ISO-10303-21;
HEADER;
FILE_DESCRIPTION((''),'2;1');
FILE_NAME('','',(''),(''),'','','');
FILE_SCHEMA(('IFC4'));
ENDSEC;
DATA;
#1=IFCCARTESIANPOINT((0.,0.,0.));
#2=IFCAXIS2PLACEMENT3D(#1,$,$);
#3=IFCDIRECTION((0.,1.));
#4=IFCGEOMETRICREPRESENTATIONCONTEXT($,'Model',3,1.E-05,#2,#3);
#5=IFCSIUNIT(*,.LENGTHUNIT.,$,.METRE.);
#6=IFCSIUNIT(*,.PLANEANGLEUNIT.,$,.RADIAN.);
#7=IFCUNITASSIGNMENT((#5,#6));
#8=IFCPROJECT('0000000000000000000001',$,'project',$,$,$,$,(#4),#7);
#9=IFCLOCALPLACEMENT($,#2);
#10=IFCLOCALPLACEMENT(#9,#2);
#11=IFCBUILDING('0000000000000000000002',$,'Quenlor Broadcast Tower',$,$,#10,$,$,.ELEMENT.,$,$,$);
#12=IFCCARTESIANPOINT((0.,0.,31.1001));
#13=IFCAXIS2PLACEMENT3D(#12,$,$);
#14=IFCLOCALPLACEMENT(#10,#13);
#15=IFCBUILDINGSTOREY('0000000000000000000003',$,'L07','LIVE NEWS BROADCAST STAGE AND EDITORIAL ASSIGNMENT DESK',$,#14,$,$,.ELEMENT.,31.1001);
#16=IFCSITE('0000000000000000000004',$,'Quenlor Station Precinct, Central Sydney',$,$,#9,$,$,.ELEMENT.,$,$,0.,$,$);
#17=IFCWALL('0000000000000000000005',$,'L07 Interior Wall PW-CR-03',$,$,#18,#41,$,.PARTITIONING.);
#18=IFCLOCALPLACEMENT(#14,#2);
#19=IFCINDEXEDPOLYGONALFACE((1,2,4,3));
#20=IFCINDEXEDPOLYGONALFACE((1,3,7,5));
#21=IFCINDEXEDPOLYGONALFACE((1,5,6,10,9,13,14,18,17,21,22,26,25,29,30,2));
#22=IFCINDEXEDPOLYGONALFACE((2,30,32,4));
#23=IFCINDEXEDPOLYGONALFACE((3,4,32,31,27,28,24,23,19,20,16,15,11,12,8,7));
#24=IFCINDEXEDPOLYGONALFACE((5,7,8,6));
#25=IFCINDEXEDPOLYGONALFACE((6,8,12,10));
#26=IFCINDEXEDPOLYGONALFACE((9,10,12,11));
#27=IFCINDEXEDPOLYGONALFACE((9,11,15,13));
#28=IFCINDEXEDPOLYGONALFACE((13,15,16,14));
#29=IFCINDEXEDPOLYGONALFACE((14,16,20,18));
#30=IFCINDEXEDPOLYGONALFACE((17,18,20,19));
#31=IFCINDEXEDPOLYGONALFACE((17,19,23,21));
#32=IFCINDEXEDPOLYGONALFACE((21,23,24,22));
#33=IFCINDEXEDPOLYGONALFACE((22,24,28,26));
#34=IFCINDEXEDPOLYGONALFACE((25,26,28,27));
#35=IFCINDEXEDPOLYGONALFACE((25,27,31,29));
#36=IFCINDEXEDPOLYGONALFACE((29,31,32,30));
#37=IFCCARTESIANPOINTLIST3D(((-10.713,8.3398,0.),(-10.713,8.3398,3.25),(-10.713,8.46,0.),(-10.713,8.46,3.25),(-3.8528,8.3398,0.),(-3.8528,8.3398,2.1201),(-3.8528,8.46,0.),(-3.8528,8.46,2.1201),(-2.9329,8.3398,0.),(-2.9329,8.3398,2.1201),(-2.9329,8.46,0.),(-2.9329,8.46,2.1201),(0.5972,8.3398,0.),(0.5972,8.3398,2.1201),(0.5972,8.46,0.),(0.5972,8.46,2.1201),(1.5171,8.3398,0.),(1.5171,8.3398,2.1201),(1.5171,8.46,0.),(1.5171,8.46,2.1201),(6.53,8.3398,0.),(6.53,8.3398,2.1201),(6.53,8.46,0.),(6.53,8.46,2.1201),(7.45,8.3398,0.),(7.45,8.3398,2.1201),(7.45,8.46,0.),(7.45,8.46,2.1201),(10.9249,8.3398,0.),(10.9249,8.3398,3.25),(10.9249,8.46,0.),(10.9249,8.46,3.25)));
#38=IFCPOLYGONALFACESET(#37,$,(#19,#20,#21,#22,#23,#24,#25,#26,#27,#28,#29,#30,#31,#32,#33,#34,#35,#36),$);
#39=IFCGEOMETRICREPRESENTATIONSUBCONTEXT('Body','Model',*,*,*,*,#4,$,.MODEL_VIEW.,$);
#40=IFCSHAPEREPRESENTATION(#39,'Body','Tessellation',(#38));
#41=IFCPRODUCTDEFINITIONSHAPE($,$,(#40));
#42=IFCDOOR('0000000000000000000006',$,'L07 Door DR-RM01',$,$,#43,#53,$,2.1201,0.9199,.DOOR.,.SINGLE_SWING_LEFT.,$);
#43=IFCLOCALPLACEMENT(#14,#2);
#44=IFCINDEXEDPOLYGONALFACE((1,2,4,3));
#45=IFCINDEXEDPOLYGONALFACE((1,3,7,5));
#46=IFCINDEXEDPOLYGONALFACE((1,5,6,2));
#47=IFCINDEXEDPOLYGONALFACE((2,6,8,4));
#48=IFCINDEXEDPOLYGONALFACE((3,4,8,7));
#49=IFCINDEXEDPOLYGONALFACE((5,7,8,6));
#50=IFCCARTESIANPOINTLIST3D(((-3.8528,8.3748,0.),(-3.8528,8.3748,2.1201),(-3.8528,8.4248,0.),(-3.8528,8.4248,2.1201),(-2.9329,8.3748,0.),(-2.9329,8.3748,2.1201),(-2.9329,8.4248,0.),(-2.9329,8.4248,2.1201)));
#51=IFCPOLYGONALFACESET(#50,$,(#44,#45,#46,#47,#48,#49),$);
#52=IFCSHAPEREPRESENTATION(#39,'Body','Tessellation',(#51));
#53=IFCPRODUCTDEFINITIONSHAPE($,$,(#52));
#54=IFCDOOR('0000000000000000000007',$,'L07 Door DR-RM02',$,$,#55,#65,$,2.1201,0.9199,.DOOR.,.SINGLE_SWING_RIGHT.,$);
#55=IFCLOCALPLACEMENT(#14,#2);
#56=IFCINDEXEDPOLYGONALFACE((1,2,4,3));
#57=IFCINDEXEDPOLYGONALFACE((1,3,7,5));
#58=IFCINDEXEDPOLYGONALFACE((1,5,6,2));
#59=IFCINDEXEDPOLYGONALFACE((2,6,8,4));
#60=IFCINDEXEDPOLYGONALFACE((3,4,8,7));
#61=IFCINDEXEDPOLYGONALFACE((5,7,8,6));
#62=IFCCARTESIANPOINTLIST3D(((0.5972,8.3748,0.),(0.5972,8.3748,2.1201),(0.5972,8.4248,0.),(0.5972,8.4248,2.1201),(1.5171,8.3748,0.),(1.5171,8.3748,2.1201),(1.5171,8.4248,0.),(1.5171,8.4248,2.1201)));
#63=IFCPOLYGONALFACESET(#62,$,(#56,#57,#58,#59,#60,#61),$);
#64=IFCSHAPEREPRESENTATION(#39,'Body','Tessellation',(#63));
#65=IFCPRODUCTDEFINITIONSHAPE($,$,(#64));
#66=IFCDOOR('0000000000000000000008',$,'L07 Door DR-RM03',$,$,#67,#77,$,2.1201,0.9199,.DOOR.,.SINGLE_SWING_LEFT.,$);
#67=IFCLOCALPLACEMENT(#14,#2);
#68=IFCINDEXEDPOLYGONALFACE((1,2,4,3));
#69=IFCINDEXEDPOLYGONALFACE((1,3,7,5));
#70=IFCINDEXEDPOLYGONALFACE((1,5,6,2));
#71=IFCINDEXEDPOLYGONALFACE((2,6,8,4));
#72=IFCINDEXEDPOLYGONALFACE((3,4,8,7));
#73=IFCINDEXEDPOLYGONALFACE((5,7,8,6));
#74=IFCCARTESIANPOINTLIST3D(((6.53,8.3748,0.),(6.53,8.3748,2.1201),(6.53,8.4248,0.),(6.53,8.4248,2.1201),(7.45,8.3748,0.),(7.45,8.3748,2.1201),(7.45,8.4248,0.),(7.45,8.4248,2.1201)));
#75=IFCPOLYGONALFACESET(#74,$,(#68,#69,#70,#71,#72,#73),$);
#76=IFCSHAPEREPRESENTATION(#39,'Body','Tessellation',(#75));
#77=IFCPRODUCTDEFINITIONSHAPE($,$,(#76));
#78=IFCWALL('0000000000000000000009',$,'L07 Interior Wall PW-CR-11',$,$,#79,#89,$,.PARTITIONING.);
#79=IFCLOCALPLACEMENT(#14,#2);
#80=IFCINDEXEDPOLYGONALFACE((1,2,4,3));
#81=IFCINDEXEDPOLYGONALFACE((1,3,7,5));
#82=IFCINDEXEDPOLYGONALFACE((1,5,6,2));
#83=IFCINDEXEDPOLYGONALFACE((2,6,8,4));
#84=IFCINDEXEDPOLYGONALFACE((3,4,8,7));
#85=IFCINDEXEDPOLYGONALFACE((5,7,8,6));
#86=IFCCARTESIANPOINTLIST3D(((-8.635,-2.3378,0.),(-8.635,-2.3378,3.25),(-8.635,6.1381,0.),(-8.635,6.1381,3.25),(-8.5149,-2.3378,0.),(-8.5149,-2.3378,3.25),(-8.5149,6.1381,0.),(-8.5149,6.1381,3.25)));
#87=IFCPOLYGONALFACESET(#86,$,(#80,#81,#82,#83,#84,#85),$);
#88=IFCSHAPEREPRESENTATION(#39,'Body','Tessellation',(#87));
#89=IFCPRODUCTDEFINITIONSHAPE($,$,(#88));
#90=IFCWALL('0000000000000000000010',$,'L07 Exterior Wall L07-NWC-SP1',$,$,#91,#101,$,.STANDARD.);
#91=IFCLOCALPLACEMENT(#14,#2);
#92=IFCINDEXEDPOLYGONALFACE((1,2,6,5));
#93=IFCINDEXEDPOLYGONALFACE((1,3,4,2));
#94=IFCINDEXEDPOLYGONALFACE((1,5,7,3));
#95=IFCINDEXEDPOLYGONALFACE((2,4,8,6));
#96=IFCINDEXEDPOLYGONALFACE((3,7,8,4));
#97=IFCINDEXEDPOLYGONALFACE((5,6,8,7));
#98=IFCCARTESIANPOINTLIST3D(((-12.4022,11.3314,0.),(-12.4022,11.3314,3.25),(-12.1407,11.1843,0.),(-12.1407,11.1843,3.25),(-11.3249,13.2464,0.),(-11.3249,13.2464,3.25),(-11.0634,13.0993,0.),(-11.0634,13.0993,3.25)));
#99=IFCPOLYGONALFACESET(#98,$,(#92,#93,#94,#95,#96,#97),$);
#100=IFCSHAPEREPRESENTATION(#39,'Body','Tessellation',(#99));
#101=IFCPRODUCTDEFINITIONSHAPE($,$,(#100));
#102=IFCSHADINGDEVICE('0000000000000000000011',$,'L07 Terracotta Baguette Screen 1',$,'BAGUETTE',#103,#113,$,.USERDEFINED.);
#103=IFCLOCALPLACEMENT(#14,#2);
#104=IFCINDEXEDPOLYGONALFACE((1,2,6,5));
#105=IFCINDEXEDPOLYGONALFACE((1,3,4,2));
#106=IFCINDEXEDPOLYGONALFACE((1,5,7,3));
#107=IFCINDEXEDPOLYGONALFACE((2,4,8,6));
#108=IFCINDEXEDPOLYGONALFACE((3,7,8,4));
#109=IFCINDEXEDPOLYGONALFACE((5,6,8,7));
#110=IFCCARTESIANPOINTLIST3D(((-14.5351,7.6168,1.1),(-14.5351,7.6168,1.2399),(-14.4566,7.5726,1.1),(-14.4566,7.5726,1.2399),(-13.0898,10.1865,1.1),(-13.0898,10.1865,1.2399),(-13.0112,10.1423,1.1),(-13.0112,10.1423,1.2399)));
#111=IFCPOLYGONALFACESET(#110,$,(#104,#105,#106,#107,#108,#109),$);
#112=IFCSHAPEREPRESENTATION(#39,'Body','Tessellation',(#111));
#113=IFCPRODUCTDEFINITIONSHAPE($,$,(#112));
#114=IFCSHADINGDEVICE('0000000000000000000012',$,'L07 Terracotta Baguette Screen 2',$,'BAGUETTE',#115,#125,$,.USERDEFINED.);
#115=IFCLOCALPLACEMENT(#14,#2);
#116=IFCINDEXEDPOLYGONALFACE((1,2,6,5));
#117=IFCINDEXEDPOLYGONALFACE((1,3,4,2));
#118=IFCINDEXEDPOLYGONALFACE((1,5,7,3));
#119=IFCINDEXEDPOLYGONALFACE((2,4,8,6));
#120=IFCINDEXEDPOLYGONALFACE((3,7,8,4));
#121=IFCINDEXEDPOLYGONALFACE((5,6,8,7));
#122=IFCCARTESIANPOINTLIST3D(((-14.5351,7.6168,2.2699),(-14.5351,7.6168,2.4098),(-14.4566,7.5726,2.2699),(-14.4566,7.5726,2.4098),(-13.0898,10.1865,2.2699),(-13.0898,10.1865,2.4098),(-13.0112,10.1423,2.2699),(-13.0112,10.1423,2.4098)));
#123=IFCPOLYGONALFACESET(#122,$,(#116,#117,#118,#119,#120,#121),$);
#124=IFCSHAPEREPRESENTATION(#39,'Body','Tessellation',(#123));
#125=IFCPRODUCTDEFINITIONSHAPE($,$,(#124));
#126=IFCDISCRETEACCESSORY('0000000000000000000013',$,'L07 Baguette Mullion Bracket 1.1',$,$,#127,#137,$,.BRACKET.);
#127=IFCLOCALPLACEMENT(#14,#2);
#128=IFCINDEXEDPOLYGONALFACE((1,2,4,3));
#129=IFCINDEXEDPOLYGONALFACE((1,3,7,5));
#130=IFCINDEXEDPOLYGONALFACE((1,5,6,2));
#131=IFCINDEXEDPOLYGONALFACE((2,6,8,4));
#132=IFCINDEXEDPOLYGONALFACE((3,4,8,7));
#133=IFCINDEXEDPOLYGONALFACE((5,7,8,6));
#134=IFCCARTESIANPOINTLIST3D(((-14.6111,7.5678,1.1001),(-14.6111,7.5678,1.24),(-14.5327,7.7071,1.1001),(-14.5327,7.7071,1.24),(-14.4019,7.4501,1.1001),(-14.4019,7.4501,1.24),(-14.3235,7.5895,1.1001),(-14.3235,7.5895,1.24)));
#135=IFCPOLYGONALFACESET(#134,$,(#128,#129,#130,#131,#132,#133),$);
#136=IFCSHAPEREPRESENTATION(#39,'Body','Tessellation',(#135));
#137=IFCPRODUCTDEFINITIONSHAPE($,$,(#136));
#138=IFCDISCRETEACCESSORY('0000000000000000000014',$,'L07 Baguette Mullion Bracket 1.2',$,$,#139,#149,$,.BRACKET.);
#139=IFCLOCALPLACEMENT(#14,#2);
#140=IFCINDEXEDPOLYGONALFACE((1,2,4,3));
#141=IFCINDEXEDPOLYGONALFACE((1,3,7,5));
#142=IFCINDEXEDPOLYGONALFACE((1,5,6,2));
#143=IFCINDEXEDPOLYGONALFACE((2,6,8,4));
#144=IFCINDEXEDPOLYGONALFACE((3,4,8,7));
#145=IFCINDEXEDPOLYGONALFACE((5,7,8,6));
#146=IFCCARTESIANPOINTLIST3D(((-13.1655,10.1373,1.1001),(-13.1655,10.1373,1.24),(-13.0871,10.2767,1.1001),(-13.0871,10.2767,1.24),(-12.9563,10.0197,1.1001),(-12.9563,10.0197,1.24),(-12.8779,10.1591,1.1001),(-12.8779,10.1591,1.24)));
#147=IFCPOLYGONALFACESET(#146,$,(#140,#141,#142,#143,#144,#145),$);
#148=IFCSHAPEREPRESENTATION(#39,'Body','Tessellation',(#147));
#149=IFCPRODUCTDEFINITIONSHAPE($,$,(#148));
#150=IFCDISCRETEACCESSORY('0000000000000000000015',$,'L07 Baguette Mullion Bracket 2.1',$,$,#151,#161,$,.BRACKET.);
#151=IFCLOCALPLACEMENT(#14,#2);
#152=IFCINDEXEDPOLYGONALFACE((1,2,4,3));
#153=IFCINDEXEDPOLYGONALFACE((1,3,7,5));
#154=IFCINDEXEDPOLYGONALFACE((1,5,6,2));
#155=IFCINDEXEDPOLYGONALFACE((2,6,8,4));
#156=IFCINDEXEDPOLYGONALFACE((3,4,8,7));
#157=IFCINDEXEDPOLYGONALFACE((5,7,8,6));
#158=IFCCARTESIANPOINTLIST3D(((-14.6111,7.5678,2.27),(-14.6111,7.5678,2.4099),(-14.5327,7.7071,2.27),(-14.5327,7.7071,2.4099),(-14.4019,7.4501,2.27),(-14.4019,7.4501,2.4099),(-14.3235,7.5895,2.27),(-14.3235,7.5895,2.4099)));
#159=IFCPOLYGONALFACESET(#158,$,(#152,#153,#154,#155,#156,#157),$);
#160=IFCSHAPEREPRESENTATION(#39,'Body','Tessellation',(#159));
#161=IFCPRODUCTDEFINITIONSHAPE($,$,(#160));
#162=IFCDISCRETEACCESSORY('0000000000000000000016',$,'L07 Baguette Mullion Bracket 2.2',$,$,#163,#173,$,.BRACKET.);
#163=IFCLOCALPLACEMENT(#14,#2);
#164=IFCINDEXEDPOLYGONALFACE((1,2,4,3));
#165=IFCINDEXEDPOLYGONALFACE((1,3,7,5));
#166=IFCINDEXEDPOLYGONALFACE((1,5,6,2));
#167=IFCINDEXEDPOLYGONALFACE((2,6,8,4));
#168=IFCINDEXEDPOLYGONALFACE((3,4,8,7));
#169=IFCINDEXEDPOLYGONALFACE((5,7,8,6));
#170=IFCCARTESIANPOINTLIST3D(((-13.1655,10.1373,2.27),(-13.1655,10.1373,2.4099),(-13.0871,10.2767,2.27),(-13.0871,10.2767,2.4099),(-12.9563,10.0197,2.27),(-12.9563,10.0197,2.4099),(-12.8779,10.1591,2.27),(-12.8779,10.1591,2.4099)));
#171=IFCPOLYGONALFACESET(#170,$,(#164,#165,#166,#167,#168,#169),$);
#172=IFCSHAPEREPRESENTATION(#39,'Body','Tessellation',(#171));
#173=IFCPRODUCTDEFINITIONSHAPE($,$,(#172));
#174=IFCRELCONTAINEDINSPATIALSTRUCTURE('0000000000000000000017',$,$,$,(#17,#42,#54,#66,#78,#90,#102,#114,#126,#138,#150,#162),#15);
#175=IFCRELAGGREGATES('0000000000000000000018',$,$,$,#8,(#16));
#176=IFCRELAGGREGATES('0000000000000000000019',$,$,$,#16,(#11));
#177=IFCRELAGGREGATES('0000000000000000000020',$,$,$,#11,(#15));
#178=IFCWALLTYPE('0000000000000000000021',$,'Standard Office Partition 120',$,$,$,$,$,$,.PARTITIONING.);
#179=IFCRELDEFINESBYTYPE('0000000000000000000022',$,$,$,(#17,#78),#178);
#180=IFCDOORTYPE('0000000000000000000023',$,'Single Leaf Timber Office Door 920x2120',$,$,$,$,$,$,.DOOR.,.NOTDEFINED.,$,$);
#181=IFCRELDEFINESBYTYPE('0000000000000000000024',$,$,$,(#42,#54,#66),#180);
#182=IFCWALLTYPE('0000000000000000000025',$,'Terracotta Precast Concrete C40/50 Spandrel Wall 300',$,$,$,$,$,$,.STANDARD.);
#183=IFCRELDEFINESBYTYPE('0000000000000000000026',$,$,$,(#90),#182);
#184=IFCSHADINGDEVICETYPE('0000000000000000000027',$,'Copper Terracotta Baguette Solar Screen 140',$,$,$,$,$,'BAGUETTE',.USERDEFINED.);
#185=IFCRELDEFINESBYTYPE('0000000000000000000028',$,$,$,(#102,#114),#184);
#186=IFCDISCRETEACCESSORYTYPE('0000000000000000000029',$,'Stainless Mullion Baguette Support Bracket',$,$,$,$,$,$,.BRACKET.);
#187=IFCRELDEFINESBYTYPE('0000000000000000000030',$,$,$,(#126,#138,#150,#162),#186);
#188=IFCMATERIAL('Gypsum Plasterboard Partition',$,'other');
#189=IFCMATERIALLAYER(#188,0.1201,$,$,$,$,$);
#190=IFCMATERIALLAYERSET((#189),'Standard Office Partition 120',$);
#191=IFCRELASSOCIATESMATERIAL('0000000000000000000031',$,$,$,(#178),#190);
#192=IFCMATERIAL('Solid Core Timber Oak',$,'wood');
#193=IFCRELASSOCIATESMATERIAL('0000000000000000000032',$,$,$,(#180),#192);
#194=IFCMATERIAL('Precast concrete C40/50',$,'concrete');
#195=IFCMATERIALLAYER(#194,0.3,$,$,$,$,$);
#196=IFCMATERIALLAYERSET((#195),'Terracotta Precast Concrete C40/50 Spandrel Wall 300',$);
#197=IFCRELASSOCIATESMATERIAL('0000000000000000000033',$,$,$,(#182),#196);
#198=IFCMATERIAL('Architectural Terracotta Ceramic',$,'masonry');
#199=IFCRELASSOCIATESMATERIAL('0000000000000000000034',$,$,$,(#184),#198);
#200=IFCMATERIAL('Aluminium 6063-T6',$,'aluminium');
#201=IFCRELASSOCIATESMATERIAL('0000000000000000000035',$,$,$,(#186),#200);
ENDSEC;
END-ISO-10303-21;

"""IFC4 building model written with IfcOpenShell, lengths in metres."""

from ifc_helpers import new_model, si_unit, direction, frame, frame_2d, origin, origin_2d, place, context, subcontext, project, spatial, rectangle, extrude, material, layer, layer_set, material_profile, profile_set, type_object, element, fill, save


model = new_model("IFC4")

# Units and contexts
model_context = context("Model", 3, precision=1e-05, world=origin(), true_north=direction((0.0, 1.0)))
body_context = subcontext(model_context, "Body", "Model", "MODEL_VIEW")
ifc_project = project(units=[si_unit("LENGTHUNIT", "METRE"), si_unit("PLANEANGLEUNIT", "RADIAN")], contexts=[model_context])

# Site, building, storey
site_placement = place(None, origin())
site = spatial("IfcSite", under=ifc_project, at=site_placement, Name="Quenlor Station Precinct, Central Sydney", CompositionType="ELEMENT", RefElevation=0.0)
building_placement = place(site_placement, origin())
building = spatial("IfcBuilding", under=site, at=building_placement, Name="Quenlor Broadcast Tower", CompositionType="ELEMENT")
storey_placement = place(building_placement, frame((0.0, 0.0, 31.1001)))
storey = spatial("IfcBuildingStorey", under=building, at=storey_placement, Name="L07", Description="LIVE NEWS BROADCAST STAGE AND EDITORIAL ASSIGNMENT DESK", CompositionType="ELEMENT", Elevation=31.1001)

# Wall, openings, doors
ifc_material_1 = material(Name="Gypsum Plasterboard Partition", Category="other")
ifc_layer_1 = layer(ifc_material_1, 0.1201)
ifc_layer_set_1 = layer_set([ifc_layer_1], Name="Standard Office Partition 120")
wall_type_1 = type_object("IfcWallType", Name="Standard Office Partition 120", PredefinedType="PARTITIONING", material=ifc_layer_set_1)
wall_1_placement = place(storey_placement, frame((-10.7129, 8.3999, 0.0), z_axis=(0.0, 0.0, 1.0), x_axis=(1.0, 0.0, 0.0)))
wall_1 = element("IfcWall", 1, at=wall_1_placement, inside=storey, type_object=wall_type_1, Name="L07 Interior Wall PW-CR-03", PredefinedType="PARTITIONING", context=body_context, shape_type="SweptSolid", body=[
    extrude(rectangle(XDim=21.6379, YDim=0.1201, at=frame_2d((10.8188, 0.0))), origin(), (0.0, 0.0, 1.0), 3.25),
])
opening_1_placement = place(wall_1_placement, frame((6.8601, 0.0, 0.0)))
opening_1 = element("IfcOpeningElement", 2, at=opening_1_placement, cuts=wall_1, PredefinedType="OPENING", context=body_context, shape_type="SweptSolid", body=[
    extrude(rectangle(XDim=0.9199, YDim=2.1201, at=frame_2d((0.46, 1.0601))), frame((0.0, 0.0701, 0.0), z_axis=(0.0, -1.0, 0.0), x_axis=(1.0, 0.0, 0.0)), (0.0, 0.0, 1.0), 0.1401),
])
opening_2_placement = place(wall_1_placement, frame((11.3101, 0.0, 0.0)))
opening_2 = element("IfcOpeningElement", 3, at=opening_2_placement, cuts=wall_1, PredefinedType="OPENING", context=body_context, shape_type="SweptSolid", body=[
    extrude(rectangle(XDim=0.9199, YDim=2.1201, at=frame_2d((0.46, 1.0601))), frame((0.0, 0.0701, 0.0), z_axis=(0.0, -1.0, 0.0), x_axis=(1.0, 0.0, 0.0)), (0.0, 0.0, 1.0), 0.1401),
])
opening_3_placement = place(wall_1_placement, frame((17.2429, 0.0, 0.0)))
opening_3 = element("IfcOpeningElement", 4, at=opening_3_placement, cuts=wall_1, PredefinedType="OPENING", context=body_context, shape_type="SweptSolid", body=[
    extrude(rectangle(XDim=0.9199, YDim=2.1201, at=frame_2d((0.46, 1.0601))), frame((0.0, 0.0701, 0.0), z_axis=(0.0, -1.0, 0.0), x_axis=(1.0, 0.0, 0.0)), (0.0, 0.0, 1.0), 0.1401),
])
ifc_material_2 = material(Name="Solid Core Timber Oak", Category="wood")
door_type = type_object("IfcDoorType", Name="Single Leaf Timber Office Door 920x2120", OperationType="NOTDEFINED", PredefinedType="DOOR", material=ifc_material_2)
door_1_placement = place(opening_1_placement, origin())
door_1 = element("IfcDoor", 5, at=door_1_placement, inside=storey, type_object=door_type, Name="L07 Door DR-RM01", OperationType="SINGLE_SWING_LEFT", OverallHeight=2.1201, OverallWidth=0.9199, PredefinedType="DOOR", context=body_context, shape_type="SweptSolid", body=[
    extrude(rectangle(XDim=0.9199, YDim=2.1201, at=frame_2d((0.46, 1.0601))), frame((0.0, 0.0249, 0.0), z_axis=(0.0, -1.0, 0.0), x_axis=(1.0, 0.0, 0.0)), (0.0, 0.0, 1.0), 0.05),
])
fill(opening_1, door_1)
door_2_placement = place(opening_2_placement, origin())
door_2 = element("IfcDoor", 6, at=door_2_placement, inside=storey, type_object=door_type, Name="L07 Door DR-RM02", OperationType="SINGLE_SWING_RIGHT", OverallHeight=2.1201, OverallWidth=0.9199, PredefinedType="DOOR", context=body_context, shape_type="SweptSolid", body=[
    extrude(rectangle(XDim=0.9199, YDim=2.1201, at=frame_2d((0.46, 1.0601))), frame((0.0, 0.0249, 0.0), z_axis=(0.0, -1.0, 0.0), x_axis=(1.0, 0.0, 0.0)), (0.0, 0.0, 1.0), 0.05),
])
fill(opening_2, door_2)
door_3_placement = place(opening_3_placement, origin())
door_3 = element("IfcDoor", 7, at=door_3_placement, inside=storey, type_object=door_type, Name="L07 Door DR-RM03", OperationType="SINGLE_SWING_LEFT", OverallHeight=2.1201, OverallWidth=0.9199, PredefinedType="DOOR", context=body_context, shape_type="SweptSolid", body=[
    extrude(rectangle(XDim=0.9199, YDim=2.1201, at=frame_2d((0.46, 1.0601))), frame((0.0, 0.0249, 0.0), z_axis=(0.0, -1.0, 0.0), x_axis=(1.0, 0.0, 0.0)), (0.0, 0.0, 1.0), 0.05),
])
fill(opening_3, door_3)

# Walls
wall_2_placement = place(storey_placement, frame((-8.575, 6.1379, 0.0), z_axis=(0.0, 0.0, 1.0), x_axis=(0.0, -1.0, 0.0)))
element("IfcWall", 8, at=wall_2_placement, inside=storey, type_object=wall_type_1, Name="L07 Interior Wall PW-CR-11", PredefinedType="PARTITIONING", context=body_context, shape_type="SweptSolid", body=[
    extrude(rectangle(XDim=8.4758, YDim=0.1201, at=frame_2d((4.2378, 0.0))), origin(), (0.0, 0.0, 1.0), 3.25),
])
ifc_material_3 = material(Name="Precast concrete C40/50", Category="concrete")
ifc_layer_2 = layer(ifc_material_3, 0.3)
ifc_layer_set_2 = layer_set([ifc_layer_2], Name="Terracotta Precast Concrete C40/50 Spandrel Wall 300")
wall_type_2 = type_object("IfcWallType", Name="Terracotta Precast Concrete C40/50 Spandrel Wall 300", PredefinedType="STANDARD", material=ifc_layer_set_2)
wall_3_placement = place(storey_placement, frame((-12.2715, 11.2578, 0.0), z_axis=(0.0, 0.0, 1.0), x_axis=(0.490325, 0.87154, 0.0)))
element("IfcWall", 9, at=wall_3_placement, inside=storey, type_object=wall_type_2, Name="L07 Exterior Wall L07-NWC-SP1", PredefinedType="STANDARD", context=body_context, shape_type="SweptSolid", body=[
    extrude(rectangle(XDim=2.1973, YDim=0.3, at=frame_2d((1.0986, 0.0))), origin(), (0.0, 0.0, 1.0), 3.25),
])

# Shading devices
ifc_material_4 = material(Name="Architectural Terracotta Ceramic", Category="masonry")
ifc_material_profile_1 = material_profile(ifc_material_4, rectangle(XDim=0.0901, YDim=0.1399, at=origin_2d()))
ifc_profile_set_1 = profile_set([ifc_material_profile_1], Name="Architectural Terracotta Ceramic BAG90x140")
shading_device_type = type_object("IfcShadingDeviceType", Name="Copper Terracotta Baguette Solar Screen 140", ElementType="BAGUETTE", PredefinedType="USERDEFINED", material=ifc_profile_set_1)
for number, where, z_axis, x_axis, name in (
    (10, (-14.4958, 7.5947, 1.1699), (0.490242, 0.871587, 0.0), (-0.871587, 0.490242, 0.0), "L07 Terracotta Baguette Screen 1"),
    (11, (-14.4958, 7.5947, 2.3398), (0.490242, 0.871587, 0.0), (-0.871587, 0.490242, 0.0), "L07 Terracotta Baguette Screen 2"),
):
    element("IfcShadingDevice", number, at=place(storey_placement, frame(where, z_axis=z_axis, x_axis=x_axis)), inside=storey, type_object=shading_device_type, Name=name, ObjectType="BAGUETTE", PredefinedType="USERDEFINED", context=body_context, shape_type="SweptSolid", body=[
        extrude(rectangle(XDim=0.0901, YDim=0.1399, at=origin_2d()), origin(), (0.0, 0.0, 1.0), 2.9482),
    ])

# Discrete accessories
ifc_material_5 = material(Name="Aluminium 6063-T6", Category="aluminium")
discrete_accessory_type = type_object("IfcDiscreteAccessoryType", Name="Stainless Mullion Baguette Support Bracket", PredefinedType="BRACKET", material=ifc_material_5)
for number, where, z_axis, x_axis, name in (
    (12, (-14.4673, 7.5786, 1.1001), (0.0, 0.0, 1.0), (0.490274, 0.871568, 0.0), "L07 Baguette Mullion Bracket 1.1"),
    (13, (-13.0217, 10.1482, 1.1001), (0.0, 0.0, 1.0), (0.490274, 0.871568, 0.0), "L07 Baguette Mullion Bracket 1.2"),
    (14, (-14.4673, 7.5786, 2.27), (0.0, 0.0, 1.0), (0.490274, 0.871568, 0.0), "L07 Baguette Mullion Bracket 2.1"),
    (15, (-13.0217, 10.1482, 2.27), (0.0, 0.0, 1.0), (0.490274, 0.871568, 0.0), "L07 Baguette Mullion Bracket 2.2"),
):
    element("IfcDiscreteAccessory", number, at=place(storey_placement, frame(where, z_axis=z_axis, x_axis=x_axis)), inside=storey, type_object=discrete_accessory_type, Name=name, PredefinedType="BRACKET", context=body_context, shape_type="SweptSolid", body=[
        extrude(rectangle(XDim=0.1599, YDim=0.24, at=origin_2d()), origin(), (0.0, 0.0, 1.0), 0.1399),
    ])

save(model, "model.ifc")
